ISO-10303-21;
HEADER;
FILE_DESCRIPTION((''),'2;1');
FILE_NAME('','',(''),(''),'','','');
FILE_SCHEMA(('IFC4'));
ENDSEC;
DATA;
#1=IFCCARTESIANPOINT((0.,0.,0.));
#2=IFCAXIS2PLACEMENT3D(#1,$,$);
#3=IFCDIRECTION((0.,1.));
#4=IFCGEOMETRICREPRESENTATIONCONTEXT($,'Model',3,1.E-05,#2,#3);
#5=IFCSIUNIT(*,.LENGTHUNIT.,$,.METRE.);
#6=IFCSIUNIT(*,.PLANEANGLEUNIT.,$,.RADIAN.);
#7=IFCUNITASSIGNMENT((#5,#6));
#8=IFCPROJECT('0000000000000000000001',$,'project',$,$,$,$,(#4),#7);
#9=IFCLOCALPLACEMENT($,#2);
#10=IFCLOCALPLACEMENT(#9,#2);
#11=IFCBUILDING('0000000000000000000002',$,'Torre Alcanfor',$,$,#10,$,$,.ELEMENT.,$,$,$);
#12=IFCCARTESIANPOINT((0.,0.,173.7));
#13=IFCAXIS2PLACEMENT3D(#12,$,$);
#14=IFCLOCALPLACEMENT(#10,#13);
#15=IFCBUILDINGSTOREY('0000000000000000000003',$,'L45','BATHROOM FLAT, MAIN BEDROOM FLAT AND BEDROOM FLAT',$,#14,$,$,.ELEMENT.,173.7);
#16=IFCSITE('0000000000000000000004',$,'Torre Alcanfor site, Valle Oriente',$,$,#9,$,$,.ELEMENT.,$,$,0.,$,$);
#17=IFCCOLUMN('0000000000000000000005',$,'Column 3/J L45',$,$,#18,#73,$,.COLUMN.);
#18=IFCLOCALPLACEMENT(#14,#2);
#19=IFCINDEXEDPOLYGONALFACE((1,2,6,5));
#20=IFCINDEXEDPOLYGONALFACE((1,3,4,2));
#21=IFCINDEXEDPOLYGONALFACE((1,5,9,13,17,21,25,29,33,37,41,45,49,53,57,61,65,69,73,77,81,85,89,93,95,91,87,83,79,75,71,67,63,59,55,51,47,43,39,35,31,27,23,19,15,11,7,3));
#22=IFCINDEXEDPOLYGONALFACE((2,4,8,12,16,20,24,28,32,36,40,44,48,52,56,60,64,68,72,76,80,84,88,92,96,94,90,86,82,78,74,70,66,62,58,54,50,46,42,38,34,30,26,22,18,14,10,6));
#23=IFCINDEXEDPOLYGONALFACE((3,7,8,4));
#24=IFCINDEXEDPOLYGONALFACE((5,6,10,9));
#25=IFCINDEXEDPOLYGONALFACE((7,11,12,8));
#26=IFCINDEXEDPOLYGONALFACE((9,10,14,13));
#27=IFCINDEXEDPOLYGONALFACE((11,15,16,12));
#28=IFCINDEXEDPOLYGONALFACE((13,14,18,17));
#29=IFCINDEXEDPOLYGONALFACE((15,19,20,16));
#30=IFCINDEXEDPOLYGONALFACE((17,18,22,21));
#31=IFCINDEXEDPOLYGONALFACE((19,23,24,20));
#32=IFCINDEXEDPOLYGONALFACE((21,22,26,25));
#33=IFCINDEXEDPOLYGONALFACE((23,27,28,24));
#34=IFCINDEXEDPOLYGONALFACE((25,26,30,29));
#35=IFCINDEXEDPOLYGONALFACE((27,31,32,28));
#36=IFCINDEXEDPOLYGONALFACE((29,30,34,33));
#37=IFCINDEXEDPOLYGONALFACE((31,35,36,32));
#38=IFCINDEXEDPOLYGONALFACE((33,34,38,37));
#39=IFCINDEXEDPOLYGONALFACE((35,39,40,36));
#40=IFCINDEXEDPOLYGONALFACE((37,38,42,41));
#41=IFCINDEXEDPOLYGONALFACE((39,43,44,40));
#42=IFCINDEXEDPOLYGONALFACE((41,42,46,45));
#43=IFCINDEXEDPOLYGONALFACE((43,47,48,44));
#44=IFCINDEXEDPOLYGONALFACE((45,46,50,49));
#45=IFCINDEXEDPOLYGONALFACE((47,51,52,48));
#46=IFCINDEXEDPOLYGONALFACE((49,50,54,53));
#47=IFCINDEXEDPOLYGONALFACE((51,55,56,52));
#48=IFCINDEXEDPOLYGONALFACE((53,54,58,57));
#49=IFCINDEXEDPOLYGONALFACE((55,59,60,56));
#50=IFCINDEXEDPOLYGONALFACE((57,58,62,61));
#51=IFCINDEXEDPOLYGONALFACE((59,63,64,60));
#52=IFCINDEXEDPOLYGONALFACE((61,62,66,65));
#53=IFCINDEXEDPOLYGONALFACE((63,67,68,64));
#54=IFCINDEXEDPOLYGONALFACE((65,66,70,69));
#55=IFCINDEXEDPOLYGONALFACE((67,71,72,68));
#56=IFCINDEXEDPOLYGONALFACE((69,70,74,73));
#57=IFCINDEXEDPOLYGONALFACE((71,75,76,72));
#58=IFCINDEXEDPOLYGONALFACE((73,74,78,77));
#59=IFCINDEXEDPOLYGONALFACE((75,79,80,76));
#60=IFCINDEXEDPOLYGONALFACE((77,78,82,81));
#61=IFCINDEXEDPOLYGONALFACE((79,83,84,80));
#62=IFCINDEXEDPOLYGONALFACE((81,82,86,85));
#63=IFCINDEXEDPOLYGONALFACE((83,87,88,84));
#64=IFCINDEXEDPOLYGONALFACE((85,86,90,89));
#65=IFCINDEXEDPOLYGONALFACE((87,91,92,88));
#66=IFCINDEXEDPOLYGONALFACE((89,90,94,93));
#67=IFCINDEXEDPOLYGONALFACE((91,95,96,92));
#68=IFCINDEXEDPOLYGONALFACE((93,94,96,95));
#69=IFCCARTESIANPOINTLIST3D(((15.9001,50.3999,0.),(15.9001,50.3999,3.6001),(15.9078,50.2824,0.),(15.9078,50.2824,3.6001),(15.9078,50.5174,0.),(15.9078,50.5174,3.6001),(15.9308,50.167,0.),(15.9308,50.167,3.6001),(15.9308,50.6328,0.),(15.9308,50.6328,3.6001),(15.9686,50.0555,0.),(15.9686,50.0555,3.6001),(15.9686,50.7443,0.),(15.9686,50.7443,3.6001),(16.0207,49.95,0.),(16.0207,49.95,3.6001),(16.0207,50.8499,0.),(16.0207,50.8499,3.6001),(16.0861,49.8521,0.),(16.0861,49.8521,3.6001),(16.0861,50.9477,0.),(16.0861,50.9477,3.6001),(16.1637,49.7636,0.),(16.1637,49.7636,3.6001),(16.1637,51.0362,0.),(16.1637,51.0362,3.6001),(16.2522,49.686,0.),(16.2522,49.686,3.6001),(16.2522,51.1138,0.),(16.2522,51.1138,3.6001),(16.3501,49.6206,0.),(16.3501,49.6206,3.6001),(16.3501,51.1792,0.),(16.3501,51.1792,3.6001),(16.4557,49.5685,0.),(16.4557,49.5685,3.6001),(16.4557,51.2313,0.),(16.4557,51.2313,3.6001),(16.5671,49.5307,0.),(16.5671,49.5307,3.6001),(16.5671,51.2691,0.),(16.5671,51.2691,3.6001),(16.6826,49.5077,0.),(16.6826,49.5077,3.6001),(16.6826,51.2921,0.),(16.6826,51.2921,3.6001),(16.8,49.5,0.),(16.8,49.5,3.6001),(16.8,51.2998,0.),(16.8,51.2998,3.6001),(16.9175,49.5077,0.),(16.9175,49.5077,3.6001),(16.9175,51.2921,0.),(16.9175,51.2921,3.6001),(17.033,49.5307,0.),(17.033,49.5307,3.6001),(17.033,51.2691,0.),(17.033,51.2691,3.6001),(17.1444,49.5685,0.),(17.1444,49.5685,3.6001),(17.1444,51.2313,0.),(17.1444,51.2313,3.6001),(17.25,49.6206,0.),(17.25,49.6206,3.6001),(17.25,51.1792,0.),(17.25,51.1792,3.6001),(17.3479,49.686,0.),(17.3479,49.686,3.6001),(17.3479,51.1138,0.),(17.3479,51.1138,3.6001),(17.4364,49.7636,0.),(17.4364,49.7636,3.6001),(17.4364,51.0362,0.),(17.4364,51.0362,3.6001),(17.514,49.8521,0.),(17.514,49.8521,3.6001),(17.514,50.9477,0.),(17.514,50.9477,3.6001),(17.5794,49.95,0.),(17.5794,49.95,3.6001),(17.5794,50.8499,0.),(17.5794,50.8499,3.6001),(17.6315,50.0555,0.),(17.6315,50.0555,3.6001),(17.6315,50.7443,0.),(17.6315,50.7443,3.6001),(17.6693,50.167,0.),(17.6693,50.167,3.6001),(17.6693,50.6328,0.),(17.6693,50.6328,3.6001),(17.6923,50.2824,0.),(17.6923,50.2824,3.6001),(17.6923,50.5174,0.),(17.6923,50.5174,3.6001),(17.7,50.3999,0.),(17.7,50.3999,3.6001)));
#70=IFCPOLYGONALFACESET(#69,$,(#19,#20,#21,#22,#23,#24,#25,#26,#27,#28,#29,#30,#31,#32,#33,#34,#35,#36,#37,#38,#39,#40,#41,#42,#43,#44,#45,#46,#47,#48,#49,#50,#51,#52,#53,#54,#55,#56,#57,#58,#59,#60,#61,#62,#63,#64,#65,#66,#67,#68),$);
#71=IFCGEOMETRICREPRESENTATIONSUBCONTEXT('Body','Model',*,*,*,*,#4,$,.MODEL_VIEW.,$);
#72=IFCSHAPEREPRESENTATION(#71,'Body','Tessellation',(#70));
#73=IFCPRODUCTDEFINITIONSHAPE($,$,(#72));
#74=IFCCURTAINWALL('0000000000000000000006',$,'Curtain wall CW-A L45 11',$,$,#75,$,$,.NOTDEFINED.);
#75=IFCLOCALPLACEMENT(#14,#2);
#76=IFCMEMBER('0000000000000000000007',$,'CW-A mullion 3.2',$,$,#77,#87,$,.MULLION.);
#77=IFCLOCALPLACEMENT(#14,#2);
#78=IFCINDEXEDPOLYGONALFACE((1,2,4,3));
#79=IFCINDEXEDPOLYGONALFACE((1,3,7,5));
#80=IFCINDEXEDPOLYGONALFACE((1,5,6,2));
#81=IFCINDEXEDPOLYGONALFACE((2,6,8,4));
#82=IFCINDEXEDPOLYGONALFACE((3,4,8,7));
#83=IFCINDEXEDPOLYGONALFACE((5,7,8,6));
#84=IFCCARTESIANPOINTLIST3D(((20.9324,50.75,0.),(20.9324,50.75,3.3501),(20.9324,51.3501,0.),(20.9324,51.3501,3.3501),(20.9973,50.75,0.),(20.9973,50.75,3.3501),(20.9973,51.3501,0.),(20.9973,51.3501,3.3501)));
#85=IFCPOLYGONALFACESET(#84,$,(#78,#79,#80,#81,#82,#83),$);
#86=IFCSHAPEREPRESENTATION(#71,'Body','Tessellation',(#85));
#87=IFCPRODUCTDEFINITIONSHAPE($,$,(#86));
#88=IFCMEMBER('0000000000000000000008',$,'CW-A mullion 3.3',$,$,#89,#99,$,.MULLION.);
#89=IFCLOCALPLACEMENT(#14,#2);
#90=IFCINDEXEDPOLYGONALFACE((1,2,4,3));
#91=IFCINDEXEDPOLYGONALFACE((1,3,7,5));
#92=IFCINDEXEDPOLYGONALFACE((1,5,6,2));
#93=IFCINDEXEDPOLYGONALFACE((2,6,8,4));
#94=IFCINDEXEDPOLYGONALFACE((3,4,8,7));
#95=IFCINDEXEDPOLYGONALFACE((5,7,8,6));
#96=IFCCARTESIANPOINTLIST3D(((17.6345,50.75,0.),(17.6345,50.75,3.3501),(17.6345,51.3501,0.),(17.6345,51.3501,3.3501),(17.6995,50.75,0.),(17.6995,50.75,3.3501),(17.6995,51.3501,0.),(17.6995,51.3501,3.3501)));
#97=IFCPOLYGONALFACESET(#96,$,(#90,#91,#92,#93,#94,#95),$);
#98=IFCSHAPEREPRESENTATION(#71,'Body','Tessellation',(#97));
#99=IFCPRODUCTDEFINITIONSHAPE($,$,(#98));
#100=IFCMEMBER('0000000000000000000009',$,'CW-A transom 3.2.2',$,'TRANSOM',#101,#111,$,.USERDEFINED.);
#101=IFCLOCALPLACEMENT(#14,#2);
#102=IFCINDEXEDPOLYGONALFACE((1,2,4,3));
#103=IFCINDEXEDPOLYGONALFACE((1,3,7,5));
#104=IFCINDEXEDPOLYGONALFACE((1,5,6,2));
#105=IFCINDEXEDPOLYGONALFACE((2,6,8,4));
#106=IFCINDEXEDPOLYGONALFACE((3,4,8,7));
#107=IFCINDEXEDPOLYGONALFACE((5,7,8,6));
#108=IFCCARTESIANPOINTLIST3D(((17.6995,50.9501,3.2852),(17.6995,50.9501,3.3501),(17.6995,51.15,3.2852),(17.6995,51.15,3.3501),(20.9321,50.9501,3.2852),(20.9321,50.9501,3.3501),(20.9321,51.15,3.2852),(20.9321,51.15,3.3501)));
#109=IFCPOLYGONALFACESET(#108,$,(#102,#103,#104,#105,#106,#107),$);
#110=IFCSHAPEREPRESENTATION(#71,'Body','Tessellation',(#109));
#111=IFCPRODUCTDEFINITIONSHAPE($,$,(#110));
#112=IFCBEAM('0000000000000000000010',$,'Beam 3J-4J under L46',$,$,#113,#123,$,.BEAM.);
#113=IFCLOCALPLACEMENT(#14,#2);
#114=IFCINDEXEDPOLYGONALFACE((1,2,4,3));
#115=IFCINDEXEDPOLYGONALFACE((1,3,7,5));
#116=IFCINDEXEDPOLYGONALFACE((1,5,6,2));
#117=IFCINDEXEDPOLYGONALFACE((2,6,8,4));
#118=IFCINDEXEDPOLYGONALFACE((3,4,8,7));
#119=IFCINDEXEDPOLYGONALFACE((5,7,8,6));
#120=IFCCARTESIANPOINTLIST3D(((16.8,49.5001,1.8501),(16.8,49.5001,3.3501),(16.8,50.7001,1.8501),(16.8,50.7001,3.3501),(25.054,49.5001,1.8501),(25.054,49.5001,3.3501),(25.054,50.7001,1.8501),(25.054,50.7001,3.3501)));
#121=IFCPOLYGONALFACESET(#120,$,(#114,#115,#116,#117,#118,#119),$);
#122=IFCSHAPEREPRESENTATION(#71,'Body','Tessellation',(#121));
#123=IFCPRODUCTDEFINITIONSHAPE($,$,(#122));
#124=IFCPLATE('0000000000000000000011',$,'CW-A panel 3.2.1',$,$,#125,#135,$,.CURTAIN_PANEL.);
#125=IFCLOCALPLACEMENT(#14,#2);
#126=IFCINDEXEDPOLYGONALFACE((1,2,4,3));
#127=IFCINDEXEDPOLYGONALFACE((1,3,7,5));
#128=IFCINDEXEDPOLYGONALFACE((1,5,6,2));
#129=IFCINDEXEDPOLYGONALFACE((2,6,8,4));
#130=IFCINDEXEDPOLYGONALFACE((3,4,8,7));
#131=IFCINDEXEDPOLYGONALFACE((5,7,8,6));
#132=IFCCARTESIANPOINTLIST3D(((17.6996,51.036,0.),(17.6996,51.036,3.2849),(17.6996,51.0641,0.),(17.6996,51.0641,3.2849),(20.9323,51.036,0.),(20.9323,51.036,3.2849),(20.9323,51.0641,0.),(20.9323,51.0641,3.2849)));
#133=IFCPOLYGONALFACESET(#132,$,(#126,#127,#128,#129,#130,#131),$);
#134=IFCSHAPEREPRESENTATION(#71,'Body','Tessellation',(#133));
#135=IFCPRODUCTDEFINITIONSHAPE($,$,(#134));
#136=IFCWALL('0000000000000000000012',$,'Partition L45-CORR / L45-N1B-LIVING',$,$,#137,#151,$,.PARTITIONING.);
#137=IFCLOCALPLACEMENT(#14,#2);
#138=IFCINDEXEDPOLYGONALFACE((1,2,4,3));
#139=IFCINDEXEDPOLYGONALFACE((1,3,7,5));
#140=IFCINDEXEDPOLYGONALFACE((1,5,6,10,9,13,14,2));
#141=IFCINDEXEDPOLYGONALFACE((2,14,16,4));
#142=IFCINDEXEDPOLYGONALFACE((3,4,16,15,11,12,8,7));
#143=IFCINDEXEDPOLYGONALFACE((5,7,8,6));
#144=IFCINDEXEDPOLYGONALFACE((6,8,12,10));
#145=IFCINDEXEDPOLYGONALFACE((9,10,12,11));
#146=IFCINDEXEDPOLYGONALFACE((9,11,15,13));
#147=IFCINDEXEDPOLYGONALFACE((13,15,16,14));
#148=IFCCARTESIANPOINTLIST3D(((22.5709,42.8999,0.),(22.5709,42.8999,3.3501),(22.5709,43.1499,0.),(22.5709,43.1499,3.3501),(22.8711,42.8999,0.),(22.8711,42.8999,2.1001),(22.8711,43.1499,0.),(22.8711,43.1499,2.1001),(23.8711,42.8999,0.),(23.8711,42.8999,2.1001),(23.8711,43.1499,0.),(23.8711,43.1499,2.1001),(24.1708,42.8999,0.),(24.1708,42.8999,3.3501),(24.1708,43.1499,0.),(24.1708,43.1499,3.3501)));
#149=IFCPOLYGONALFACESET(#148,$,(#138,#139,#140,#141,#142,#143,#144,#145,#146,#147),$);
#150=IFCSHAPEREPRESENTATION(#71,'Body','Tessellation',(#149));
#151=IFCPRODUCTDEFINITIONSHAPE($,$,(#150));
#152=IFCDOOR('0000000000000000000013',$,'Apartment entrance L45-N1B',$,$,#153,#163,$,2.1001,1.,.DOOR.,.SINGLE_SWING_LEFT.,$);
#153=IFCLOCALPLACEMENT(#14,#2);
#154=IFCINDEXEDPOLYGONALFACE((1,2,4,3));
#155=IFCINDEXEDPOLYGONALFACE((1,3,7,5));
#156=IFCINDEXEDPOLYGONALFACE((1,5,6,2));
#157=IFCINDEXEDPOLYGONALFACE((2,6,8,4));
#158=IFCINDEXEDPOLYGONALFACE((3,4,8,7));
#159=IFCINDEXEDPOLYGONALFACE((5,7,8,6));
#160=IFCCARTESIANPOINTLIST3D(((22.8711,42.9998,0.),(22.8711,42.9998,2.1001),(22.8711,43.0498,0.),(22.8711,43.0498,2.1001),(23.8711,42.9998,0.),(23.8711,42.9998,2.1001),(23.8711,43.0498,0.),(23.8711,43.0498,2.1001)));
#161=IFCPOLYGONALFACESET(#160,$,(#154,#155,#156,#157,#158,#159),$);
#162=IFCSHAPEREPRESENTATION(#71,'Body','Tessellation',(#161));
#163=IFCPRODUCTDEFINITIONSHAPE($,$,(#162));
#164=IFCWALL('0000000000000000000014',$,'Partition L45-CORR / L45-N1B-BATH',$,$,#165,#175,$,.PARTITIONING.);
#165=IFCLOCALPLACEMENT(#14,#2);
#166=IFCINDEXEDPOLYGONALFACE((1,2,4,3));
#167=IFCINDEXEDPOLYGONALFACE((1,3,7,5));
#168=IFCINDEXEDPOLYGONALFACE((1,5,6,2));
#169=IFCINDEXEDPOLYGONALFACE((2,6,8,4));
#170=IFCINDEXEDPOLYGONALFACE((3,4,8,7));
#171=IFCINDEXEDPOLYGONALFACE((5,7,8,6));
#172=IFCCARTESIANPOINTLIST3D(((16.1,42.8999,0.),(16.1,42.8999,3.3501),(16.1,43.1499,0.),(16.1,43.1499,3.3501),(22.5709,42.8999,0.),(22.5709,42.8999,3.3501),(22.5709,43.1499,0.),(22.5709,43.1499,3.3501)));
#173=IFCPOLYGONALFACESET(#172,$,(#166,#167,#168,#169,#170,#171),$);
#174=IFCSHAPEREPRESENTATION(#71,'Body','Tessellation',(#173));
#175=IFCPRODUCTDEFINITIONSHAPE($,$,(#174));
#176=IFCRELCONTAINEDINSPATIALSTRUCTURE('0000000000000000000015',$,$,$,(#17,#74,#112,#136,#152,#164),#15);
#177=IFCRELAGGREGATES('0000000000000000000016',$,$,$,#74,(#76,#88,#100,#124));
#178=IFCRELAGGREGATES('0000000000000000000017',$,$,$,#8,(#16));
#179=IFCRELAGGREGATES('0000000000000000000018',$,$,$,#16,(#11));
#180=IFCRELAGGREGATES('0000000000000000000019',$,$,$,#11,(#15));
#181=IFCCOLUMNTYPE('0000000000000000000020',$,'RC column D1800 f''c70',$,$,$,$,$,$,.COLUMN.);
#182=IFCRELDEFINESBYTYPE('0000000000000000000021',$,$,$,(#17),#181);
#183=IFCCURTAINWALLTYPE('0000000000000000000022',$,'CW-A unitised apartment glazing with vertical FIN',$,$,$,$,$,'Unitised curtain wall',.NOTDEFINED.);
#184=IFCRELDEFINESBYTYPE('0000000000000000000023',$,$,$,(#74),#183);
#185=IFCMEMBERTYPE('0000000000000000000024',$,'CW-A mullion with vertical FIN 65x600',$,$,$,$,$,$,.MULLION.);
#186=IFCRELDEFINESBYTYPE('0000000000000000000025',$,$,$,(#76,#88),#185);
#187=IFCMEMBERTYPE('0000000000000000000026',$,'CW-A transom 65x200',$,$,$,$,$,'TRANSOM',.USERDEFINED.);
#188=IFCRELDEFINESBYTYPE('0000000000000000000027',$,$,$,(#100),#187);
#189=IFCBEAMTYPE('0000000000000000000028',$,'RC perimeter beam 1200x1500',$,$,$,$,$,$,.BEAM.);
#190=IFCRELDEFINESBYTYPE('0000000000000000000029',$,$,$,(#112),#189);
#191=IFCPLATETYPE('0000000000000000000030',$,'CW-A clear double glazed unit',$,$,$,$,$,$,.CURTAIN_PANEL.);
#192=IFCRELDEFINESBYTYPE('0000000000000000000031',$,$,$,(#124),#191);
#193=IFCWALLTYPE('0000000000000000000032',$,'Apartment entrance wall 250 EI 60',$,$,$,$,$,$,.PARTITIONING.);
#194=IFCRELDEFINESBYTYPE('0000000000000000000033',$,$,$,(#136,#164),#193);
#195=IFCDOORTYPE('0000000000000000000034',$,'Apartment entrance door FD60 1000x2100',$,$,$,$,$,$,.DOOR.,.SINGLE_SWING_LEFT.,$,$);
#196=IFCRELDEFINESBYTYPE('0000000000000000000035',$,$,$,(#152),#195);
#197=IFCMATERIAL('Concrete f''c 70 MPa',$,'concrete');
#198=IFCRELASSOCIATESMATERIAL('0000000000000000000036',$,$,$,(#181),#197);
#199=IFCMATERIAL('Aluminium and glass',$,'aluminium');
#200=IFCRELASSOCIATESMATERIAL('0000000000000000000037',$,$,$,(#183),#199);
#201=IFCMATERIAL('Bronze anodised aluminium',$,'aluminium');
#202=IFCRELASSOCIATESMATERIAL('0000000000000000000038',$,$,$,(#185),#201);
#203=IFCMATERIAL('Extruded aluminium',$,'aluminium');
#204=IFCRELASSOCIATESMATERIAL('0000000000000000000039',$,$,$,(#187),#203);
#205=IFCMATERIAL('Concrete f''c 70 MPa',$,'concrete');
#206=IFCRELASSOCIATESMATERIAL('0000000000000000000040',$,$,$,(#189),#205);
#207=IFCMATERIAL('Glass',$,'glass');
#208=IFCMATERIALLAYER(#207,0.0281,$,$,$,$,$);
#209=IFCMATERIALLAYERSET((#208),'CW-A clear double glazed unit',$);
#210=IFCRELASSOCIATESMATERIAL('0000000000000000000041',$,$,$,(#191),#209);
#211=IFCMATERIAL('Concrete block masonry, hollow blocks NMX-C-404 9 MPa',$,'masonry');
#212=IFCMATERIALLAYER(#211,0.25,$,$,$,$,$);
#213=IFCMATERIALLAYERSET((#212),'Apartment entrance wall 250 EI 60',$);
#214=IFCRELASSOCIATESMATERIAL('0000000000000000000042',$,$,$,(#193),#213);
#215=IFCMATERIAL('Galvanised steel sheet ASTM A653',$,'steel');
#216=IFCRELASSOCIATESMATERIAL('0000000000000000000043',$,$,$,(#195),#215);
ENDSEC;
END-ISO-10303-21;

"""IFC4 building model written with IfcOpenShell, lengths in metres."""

from ifc_helpers import new_model, si_unit, direction, frame, frame_2d, origin, origin_2d, place, context, subcontext, project, spatial, rectangle, circle, extrude, material, layer, layer_set, material_profile, profile_set, type_object, element, fill, aggregate, save


model = new_model("IFC4")

# Units and contexts
model_context = context("Model", 3, precision=1e-05, world=origin(), true_north=direction((0.0, 1.0)))
body_context = subcontext(model_context, "Body", "Model", "MODEL_VIEW")
ifc_project = project(units=[si_unit("LENGTHUNIT", "METRE"), si_unit("PLANEANGLEUNIT", "RADIAN")], contexts=[model_context])

# Site, building, storey
site_placement = place(None, origin())
site = spatial("IfcSite", under=ifc_project, at=site_placement, Name="Torre Alcanfor site, Valle Oriente", CompositionType="ELEMENT", RefElevation=0.0)
building_placement = place(site_placement, origin())
building = spatial("IfcBuilding", under=site, at=building_placement, Name="Torre Alcanfor", CompositionType="ELEMENT")
storey_placement = place(building_placement, frame((0.0, 0.0, 173.7)))
storey = spatial("IfcBuildingStorey", under=building, at=storey_placement, Name="L45", Description="BATHROOM FLAT, MAIN BEDROOM FLAT AND BEDROOM FLAT", CompositionType="ELEMENT", Elevation=173.7)

# Column
ifc_material_1 = material(Name="Concrete f'c 70 MPa", Category="concrete")
ifc_material_profile_1 = material_profile(ifc_material_1, circle(Radius=0.8999, at=origin_2d()), Name="D1800")
ifc_profile_set_1 = profile_set([ifc_material_profile_1], Name="Concrete f'c 70 MPa")
column_type = type_object("IfcColumnType", Name="RC column D1800 f'c70", PredefinedType="COLUMN", material=ifc_profile_set_1)
column_placement = place(storey_placement, frame((16.8, 50.3999, 0.0), z_axis=(0.0, 0.0, 1.0), x_axis=(1.0, 0.0, 0.0)))
element("IfcColumn", 1, at=column_placement, inside=storey, type_object=column_type, Name="Column 3/J L45", PredefinedType="COLUMN", context=body_context, shape_type="SweptSolid", body=[
    extrude(circle(Radius=0.8999, at=origin_2d()), origin(), (0.0, 0.0, 1.0), 3.6001),
])

# Curtain wall, members
ifc_material_2 = material(Name="Aluminium and glass", Category="aluminium")
curtain_wall_type = type_object("IfcCurtainWallType", Name="CW-A unitised apartment glazing with vertical FIN", ElementType="Unitised curtain wall", PredefinedType="NOTDEFINED", material=ifc_material_2)
curtain_wall_placement = place(storey_placement, origin())
curtain_wall = element("IfcCurtainWall", 2, at=curtain_wall_placement, inside=storey, type_object=curtain_wall_type, Name="Curtain wall CW-A L45 11", PredefinedType="NOTDEFINED")
ifc_material_3 = material(Name="Bronze anodised aluminium", Category="aluminium")
ifc_material_profile_2 = material_profile(ifc_material_3, rectangle(XDim=0.6001, YDim=0.0649, at=origin_2d()), Name="CW-A mullion 65x600")
ifc_profile_set_2 = profile_set([ifc_material_profile_2], Name="Bronze anodised aluminium")
member_type_1 = type_object("IfcMemberType", Name="CW-A mullion with vertical FIN 65x600", PredefinedType="MULLION", material=ifc_profile_set_2)
member_1_placement = place(storey_placement, frame((20.9648, 51.05, 0.0), z_axis=(0.0, 0.0, 1.0), x_axis=(0.0, -1.0, 0.0)))
member_1 = element("IfcMember", 3, at=member_1_placement, type_object=member_type_1, Name="CW-A mullion 3.2", PredefinedType="MULLION", context=body_context, shape_type="SweptSolid", body=[
    extrude(rectangle(XDim=0.6001, YDim=0.0649, at=origin_2d()), origin(), (0.0, 0.0, 1.0), 3.3501),
])
member_2_placement = place(storey_placement, frame((17.667, 51.05, 0.0), z_axis=(0.0, 0.0, 1.0), x_axis=(0.0, -1.0, 0.0)))
member_2 = element("IfcMember", 4, at=member_2_placement, type_object=member_type_1, Name="CW-A mullion 3.3", PredefinedType="MULLION", context=body_context, shape_type="SweptSolid", body=[
    extrude(rectangle(XDim=0.6001, YDim=0.0649, at=origin_2d()), origin(), (0.0, 0.0, 1.0), 3.3501),
])
ifc_material_4 = material(Name="Extruded aluminium", Category="aluminium")
ifc_material_profile_3 = material_profile(ifc_material_4, rectangle(XDim=0.2, YDim=0.0649, at=origin_2d()), Name="CW-A transom 200x65")
ifc_profile_set_3 = profile_set([ifc_material_profile_3], Name="Extruded aluminium")
member_type_2 = type_object("IfcMemberType", Name="CW-A transom 65x200", ElementType="TRANSOM", PredefinedType="USERDEFINED", material=ifc_profile_set_3)
member_3_placement = place(storey_placement, frame((20.9321, 51.05, 3.3176), z_axis=(-1.0, 0.0, 0.0), x_axis=(0.0, -1.0, 0.0)))
member_3 = element("IfcMember", 5, at=member_3_placement, type_object=member_type_2, Name="CW-A transom 3.2.2", ObjectType="TRANSOM", PredefinedType="USERDEFINED", context=body_context, shape_type="SweptSolid", body=[
    extrude(rectangle(XDim=0.2, YDim=0.0649, at=origin_2d()), origin(), (0.0, 0.0, 1.0), 3.2327),
])

# Beam
ifc_material_5 = material(Name="Concrete f'c 70 MPa", Category="concrete")
ifc_material_profile_4 = material_profile(ifc_material_5, rectangle(XDim=1.2, YDim=1.5, at=origin_2d()), Name="1200x1500")
ifc_profile_set_4 = profile_set([ifc_material_profile_4], Name="Concrete f'c 70 MPa")
beam_type = type_object("IfcBeamType", Name="RC perimeter beam 1200x1500", PredefinedType="BEAM", material=ifc_profile_set_4)
beam_placement = place(storey_placement, frame((16.8, 50.1001, 2.6001), z_axis=(1.0, 0.0, 0.0), x_axis=(0.0, 1.0, 0.0)))
element("IfcBeam", 6, at=beam_placement, inside=storey, type_object=beam_type, Name="Beam 3J-4J under L46", PredefinedType="BEAM", context=body_context, shape_type="SweptSolid", body=[
    extrude(rectangle(XDim=1.2, YDim=1.5, at=origin_2d()), origin(), (0.0, 0.0, 1.0), 8.2539),
])

# Plate
ifc_material_6 = material(Name="Glass", Category="glass")
ifc_layer_1 = layer(ifc_material_6, 0.0281)
ifc_layer_set_1 = layer_set([ifc_layer_1], Name="CW-A clear double glazed unit")
plate_type = type_object("IfcPlateType", Name="CW-A clear double glazed unit", PredefinedType="CURTAIN_PANEL", material=ifc_layer_set_1)
plate_placement = place(storey_placement, frame((19.3159, 51.05, 0.0), z_axis=(0.0, 0.0, 1.0), x_axis=(-1.0, 0.0, 0.0)))
plate = element("IfcPlate", 7, at=plate_placement, type_object=plate_type, Name="CW-A panel 3.2.1", PredefinedType="CURTAIN_PANEL", context=body_context, shape_type="SweptSolid", body=[
    extrude(rectangle(XDim=3.2327, YDim=0.0281, at=origin_2d()), origin(), (0.0, 0.0, 1.0), 3.2849),
])
aggregate(curtain_wall, [member_1, member_2, member_3, plate])

# Wall, opening, door
ifc_material_7 = material(Name="Concrete block masonry, hollow blocks NMX-C-404 9 MPa", Category="masonry")
ifc_layer_2 = layer(ifc_material_7, 0.25)
ifc_layer_set_2 = layer_set([ifc_layer_2], Name="Apartment entrance wall 250 EI 60")
wall_type_1 = type_object("IfcWallType", Name="Apartment entrance wall 250 EI 60", PredefinedType="PARTITIONING", material=ifc_layer_set_2)
wall_1_placement = place(storey_placement, frame((22.571, 43.0249, 0.0), z_axis=(0.0, 0.0, 1.0), x_axis=(1.0, 0.0, 0.0)))
wall_1 = element("IfcWall", 8, at=wall_1_placement, inside=storey, type_object=wall_type_1, Name="Partition L45-CORR / L45-N1B-LIVING", PredefinedType="PARTITIONING", context=body_context, shape_type="SweptSolid", body=[
    extrude(rectangle(XDim=1.5999, YDim=0.25, at=frame_2d((0.7998, 0.0))), origin(), (0.0, 0.0, 1.0), 3.3501),
])
opening_1_placement = place(wall_1_placement, frame((0.3, 0.0, 0.0)))
opening_1 = element("IfcOpeningElement", 9, at=opening_1_placement, cuts=wall_1, PredefinedType="OPENING", context=body_context, shape_type="SweptSolid", body=[
    extrude(rectangle(XDim=1.0, YDim=2.1001, at=frame_2d((0.5, 1.05))), frame((0.0, 0.135, 0.0), z_axis=(0.0, -1.0, 0.0), x_axis=(1.0, 0.0, 0.0)), (0.0, 0.0, 1.0), 0.27),
])
ifc_material_8 = material(Name="Galvanised steel sheet ASTM A653", Category="steel")
door_type_1 = type_object("IfcDoorType", Name="Apartment entrance door FD60 1000x2100", OperationType="SINGLE_SWING_LEFT", PredefinedType="DOOR", material=ifc_material_8)
door_1_placement = place(opening_1_placement, origin())
door_1 = element("IfcDoor", 10, at=door_1_placement, inside=storey, type_object=door_type_1, Name="Apartment entrance L45-N1B", OperationType="SINGLE_SWING_LEFT", OverallHeight=2.1001, OverallWidth=1.0, PredefinedType="DOOR", context=body_context, shape_type="SweptSolid", body=[
    extrude(rectangle(XDim=1.0, YDim=2.1001, at=frame_2d((0.5, 1.05))), frame((0.0, 0.0249, 0.0), z_axis=(0.0, -1.0, 0.0), x_axis=(1.0, 0.0, 0.0)), (0.0, 0.0, 1.0), 0.05),
])
fill(opening_1, door_1)

# Wall
wall_2_placement = place(storey_placement, frame((16.1001, 43.0249, 0.0), z_axis=(0.0, 0.0, 1.0), x_axis=(1.0, 0.0, 0.0)))
element("IfcWall", 11, at=wall_2_placement, inside=storey, type_object=wall_type_1, Name="Partition L45-CORR / L45-N1B-BATH", PredefinedType="PARTITIONING", context=body_context, shape_type="SweptSolid", body=[
    extrude(rectangle(XDim=6.4709, YDim=0.25, at=frame_2d((3.2354, 0.0))), origin(), (0.0, 0.0, 1.0), 3.3501),
])

save(model, "model.ifc")
